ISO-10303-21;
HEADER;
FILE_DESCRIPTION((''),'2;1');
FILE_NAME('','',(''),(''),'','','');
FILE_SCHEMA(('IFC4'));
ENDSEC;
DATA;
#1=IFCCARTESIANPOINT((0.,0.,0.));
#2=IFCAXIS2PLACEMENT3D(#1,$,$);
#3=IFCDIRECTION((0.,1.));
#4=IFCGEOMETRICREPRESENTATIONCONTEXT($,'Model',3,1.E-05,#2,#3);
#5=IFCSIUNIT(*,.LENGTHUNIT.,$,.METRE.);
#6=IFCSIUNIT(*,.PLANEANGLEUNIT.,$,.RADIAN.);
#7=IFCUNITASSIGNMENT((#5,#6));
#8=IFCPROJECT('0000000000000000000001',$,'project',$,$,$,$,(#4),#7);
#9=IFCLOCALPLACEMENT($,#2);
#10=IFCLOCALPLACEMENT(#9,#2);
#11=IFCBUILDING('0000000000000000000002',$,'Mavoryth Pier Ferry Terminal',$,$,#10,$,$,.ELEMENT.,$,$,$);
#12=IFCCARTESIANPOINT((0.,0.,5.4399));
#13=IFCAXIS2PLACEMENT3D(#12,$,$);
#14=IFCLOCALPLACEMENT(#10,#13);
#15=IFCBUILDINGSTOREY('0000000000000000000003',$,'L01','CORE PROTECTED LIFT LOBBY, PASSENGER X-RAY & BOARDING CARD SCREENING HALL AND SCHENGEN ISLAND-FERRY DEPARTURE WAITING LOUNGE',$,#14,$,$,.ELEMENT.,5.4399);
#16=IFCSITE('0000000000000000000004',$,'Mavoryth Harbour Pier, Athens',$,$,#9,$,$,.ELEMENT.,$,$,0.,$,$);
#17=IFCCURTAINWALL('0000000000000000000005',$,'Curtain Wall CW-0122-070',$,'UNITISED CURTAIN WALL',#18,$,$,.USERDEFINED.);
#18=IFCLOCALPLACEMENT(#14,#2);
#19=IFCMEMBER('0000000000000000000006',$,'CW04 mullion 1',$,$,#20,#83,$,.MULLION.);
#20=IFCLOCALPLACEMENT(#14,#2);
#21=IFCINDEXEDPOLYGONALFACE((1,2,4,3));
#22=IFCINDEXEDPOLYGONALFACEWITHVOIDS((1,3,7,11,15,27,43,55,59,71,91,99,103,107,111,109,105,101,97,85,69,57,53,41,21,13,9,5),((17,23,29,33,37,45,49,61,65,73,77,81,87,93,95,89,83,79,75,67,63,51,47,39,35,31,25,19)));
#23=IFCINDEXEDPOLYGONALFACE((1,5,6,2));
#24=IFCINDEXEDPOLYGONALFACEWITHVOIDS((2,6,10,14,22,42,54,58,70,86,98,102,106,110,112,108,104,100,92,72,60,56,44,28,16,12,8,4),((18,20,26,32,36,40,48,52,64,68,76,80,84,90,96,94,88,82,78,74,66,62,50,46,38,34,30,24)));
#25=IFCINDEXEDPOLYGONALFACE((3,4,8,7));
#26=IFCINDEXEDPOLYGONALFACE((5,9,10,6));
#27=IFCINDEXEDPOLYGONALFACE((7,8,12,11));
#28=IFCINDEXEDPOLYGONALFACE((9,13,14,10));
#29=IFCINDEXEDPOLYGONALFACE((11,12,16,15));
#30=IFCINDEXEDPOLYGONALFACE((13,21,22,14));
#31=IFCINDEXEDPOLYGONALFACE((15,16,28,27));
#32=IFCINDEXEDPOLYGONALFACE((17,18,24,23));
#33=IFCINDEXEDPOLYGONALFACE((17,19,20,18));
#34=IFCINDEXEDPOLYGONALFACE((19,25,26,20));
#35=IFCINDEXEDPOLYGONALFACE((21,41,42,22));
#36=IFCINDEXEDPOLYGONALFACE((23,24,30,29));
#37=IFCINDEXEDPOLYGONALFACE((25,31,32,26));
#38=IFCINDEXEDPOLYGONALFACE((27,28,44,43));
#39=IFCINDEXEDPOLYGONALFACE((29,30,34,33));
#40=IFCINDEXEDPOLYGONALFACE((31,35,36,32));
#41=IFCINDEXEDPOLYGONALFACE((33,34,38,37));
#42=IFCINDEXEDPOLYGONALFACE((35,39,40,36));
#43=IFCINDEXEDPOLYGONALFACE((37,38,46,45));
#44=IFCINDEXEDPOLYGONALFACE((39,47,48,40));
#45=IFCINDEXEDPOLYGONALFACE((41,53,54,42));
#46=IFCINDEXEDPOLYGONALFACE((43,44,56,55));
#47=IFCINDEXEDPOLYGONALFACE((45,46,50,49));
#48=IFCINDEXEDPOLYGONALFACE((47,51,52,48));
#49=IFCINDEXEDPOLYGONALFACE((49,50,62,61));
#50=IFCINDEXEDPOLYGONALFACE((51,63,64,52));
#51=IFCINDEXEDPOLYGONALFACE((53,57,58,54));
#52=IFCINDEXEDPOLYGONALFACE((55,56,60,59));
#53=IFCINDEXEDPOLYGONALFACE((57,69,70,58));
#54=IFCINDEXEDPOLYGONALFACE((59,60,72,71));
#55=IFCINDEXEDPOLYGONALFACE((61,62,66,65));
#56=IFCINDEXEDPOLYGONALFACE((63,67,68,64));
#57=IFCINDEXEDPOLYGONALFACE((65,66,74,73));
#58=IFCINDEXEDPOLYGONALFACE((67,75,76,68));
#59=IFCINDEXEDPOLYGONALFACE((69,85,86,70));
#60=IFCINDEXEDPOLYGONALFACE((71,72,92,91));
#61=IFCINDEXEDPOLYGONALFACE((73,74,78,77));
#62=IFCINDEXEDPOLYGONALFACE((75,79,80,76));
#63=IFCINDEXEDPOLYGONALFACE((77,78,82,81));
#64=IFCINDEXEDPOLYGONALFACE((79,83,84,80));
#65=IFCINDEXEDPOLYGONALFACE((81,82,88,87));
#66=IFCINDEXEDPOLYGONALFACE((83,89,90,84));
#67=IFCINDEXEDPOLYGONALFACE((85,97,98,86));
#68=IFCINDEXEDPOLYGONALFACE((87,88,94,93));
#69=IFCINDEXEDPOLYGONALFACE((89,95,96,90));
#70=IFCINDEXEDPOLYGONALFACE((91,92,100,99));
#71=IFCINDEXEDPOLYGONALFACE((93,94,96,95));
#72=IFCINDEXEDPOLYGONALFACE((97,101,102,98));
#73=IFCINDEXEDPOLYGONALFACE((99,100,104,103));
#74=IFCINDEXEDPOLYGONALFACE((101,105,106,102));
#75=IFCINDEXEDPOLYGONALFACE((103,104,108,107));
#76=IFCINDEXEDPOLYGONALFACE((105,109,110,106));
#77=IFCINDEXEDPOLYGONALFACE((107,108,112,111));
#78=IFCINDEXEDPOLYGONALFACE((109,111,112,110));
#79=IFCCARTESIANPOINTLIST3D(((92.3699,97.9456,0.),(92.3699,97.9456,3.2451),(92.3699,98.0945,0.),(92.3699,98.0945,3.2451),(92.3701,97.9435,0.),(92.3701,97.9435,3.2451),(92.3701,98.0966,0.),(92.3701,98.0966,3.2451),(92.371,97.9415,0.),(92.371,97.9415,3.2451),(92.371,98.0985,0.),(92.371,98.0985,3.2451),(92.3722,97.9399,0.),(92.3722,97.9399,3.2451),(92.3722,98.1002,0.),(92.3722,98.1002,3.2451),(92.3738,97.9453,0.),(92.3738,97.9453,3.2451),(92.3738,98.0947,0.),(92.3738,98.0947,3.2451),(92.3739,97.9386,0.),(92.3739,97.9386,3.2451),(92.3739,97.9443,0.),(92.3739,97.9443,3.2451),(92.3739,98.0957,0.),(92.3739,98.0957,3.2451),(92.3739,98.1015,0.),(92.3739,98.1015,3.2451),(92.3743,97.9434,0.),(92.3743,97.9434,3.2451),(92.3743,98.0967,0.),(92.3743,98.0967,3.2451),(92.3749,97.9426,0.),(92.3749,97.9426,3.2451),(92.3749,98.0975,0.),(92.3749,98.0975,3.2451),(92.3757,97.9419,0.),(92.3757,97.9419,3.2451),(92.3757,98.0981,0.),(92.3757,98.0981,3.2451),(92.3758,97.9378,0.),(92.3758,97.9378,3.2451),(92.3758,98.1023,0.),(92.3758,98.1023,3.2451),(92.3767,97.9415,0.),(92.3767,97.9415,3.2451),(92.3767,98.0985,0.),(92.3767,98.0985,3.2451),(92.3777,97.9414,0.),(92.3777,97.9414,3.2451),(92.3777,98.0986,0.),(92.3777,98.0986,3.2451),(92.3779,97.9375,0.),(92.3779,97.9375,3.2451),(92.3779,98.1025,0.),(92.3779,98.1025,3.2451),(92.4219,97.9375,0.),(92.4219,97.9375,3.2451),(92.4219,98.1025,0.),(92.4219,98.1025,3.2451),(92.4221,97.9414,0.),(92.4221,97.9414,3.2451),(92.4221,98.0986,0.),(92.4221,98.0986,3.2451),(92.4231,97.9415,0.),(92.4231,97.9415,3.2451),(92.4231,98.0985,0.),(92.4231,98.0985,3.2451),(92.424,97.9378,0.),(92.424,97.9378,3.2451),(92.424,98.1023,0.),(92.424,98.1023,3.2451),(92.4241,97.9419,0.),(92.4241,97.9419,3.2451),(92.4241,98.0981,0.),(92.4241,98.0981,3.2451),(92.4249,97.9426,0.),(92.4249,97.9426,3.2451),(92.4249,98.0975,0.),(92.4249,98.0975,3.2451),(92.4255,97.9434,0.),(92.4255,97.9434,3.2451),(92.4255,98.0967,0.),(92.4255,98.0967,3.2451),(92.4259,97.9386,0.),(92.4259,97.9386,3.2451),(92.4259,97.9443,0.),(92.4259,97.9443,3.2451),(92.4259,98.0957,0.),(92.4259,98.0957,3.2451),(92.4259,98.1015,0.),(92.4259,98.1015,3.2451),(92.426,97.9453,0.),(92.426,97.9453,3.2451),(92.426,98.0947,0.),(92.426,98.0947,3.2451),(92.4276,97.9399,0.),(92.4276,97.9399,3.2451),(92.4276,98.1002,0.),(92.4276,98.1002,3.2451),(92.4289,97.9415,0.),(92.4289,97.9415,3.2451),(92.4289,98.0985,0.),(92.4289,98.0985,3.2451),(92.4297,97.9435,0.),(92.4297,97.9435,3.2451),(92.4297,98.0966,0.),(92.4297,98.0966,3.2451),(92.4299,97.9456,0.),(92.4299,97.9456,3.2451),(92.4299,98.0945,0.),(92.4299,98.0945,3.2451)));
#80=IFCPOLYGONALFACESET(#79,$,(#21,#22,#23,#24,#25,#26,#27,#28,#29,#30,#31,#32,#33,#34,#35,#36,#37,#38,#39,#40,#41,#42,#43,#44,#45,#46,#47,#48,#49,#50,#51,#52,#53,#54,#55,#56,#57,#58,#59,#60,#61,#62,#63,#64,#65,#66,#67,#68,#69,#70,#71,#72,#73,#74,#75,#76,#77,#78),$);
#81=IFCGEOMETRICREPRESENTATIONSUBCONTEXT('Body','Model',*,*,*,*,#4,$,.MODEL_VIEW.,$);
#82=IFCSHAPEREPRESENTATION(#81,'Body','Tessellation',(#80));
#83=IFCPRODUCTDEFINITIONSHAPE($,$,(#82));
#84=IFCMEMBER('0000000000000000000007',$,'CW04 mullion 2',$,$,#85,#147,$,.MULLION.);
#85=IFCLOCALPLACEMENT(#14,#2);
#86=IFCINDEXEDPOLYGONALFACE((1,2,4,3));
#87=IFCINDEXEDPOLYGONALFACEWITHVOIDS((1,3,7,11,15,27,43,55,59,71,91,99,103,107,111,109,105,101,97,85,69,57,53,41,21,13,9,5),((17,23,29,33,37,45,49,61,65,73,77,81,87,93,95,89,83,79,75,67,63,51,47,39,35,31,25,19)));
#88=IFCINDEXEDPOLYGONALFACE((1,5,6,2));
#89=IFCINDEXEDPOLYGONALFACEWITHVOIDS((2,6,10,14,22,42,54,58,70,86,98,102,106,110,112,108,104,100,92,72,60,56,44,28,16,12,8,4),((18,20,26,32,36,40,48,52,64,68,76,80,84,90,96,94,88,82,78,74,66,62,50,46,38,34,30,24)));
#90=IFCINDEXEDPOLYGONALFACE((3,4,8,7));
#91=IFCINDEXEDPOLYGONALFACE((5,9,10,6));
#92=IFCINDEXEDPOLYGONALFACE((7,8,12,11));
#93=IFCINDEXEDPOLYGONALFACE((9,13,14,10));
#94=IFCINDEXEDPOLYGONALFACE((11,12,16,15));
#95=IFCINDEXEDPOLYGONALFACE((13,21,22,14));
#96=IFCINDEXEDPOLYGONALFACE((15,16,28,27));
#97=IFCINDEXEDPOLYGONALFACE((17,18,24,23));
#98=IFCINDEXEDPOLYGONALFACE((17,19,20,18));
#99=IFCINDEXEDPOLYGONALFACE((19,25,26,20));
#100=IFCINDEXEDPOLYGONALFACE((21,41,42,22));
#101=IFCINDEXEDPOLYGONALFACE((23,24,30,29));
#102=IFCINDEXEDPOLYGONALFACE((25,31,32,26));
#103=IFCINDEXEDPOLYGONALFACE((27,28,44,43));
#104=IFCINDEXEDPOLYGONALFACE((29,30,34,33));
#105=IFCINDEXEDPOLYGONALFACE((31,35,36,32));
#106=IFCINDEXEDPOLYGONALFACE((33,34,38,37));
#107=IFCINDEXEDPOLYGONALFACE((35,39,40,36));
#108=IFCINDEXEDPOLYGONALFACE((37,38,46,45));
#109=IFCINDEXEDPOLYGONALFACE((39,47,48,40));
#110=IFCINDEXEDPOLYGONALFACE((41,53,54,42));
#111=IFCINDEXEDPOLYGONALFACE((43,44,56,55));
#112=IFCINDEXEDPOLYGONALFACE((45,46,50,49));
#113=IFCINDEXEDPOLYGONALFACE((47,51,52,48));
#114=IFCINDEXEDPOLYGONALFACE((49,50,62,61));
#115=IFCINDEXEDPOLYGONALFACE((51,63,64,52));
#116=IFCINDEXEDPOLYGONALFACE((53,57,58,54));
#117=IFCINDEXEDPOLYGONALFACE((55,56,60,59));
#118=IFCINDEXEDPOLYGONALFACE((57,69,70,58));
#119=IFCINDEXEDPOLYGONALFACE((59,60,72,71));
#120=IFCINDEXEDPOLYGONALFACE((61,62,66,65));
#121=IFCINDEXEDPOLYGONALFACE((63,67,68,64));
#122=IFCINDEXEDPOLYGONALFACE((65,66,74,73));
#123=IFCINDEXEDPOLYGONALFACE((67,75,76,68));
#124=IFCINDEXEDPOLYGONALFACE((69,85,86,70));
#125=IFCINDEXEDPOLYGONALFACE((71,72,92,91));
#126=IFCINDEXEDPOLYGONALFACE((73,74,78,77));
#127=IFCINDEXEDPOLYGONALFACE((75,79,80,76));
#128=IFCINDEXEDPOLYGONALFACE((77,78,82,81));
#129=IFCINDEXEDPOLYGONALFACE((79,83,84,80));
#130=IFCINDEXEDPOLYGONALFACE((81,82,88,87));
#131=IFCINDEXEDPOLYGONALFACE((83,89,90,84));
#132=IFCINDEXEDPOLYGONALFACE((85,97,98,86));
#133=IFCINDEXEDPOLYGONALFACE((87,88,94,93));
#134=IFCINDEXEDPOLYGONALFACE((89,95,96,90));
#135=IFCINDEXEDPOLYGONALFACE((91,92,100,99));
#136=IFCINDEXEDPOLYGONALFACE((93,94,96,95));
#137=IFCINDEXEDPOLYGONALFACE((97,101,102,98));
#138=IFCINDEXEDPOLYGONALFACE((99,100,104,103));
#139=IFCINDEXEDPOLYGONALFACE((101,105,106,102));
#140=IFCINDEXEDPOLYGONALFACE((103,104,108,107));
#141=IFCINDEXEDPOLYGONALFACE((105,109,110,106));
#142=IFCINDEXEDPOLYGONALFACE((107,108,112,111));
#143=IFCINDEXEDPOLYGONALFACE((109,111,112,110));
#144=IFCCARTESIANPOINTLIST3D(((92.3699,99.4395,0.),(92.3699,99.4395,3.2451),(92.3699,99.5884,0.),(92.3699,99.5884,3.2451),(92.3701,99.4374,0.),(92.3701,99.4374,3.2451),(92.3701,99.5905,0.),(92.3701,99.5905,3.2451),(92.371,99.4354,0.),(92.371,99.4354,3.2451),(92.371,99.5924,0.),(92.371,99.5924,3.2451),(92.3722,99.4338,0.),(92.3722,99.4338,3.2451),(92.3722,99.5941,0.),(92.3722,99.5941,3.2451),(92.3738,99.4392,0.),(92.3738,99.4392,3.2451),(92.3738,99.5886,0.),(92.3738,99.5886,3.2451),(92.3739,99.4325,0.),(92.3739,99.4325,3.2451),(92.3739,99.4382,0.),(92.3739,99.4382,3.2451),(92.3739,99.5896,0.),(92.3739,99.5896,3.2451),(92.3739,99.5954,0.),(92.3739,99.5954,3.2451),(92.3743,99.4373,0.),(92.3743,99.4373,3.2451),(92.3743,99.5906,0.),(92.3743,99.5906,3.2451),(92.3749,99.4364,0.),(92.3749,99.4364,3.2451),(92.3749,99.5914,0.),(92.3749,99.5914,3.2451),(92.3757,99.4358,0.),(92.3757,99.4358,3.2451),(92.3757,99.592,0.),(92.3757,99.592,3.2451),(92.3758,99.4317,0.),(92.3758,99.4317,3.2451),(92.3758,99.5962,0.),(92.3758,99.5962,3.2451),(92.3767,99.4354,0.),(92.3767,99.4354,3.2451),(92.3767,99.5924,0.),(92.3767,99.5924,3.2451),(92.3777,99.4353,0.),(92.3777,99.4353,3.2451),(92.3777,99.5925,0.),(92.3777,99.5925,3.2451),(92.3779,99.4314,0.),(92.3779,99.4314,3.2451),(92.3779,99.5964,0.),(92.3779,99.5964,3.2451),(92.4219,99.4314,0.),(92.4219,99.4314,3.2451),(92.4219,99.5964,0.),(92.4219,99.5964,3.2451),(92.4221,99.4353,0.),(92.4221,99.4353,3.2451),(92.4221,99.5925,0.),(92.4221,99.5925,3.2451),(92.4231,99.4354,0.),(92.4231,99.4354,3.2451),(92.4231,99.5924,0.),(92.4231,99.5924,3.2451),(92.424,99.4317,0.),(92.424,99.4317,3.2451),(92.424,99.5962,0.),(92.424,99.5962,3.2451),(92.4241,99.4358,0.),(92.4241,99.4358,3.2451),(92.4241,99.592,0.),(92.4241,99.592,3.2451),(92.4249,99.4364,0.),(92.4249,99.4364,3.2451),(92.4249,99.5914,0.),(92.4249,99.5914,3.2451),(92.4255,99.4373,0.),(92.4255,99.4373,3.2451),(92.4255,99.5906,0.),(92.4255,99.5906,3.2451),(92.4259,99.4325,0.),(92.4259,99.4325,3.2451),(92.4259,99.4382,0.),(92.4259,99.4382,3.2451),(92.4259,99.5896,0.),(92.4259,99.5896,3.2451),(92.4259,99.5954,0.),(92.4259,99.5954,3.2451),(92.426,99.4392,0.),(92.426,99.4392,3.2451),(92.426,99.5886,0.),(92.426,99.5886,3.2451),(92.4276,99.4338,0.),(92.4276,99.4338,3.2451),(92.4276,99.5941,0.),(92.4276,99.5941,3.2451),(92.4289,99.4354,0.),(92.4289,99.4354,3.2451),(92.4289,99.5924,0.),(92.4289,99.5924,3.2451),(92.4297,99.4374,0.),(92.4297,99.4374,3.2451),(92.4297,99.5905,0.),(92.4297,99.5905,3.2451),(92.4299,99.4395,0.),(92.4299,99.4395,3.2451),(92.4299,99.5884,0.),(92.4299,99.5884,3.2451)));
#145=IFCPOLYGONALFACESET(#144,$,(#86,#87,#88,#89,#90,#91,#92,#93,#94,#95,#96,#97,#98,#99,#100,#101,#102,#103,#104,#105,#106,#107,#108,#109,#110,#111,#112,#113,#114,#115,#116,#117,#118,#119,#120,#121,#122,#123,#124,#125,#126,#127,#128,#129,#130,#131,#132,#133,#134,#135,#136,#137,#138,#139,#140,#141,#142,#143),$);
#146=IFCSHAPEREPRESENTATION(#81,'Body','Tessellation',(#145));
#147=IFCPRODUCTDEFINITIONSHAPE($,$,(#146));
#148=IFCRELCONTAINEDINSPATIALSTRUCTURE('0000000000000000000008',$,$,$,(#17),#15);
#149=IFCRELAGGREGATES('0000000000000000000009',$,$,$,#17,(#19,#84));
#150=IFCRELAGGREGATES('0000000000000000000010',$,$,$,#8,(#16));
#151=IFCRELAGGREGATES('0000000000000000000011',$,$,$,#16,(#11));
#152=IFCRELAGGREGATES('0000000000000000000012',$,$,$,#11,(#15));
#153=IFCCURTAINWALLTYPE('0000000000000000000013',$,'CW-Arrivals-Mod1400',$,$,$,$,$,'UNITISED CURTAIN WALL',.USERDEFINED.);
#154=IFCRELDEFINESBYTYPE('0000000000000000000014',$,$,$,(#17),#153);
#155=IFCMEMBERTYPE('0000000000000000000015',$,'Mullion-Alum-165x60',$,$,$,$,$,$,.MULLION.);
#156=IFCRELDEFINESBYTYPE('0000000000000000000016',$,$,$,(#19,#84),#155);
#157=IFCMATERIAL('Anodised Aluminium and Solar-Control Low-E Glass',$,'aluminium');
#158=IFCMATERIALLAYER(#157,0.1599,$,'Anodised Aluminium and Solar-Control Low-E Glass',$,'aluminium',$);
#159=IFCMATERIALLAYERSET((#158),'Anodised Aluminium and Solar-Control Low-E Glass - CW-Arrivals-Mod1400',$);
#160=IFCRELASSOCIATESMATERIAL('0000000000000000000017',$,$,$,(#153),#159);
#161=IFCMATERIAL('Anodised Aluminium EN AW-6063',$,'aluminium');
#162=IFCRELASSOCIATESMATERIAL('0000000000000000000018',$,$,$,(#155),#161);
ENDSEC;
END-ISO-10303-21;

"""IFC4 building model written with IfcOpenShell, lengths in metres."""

from ifc_helpers import new_model, si_unit, direction, frame, origin, origin_2d, place, context, subcontext, project, spatial, hollow_rectangle, extrude, material, layer, layer_set, material_profile, profile_set, type_object, element, aggregate, save


model = new_model("IFC4")

# Units and contexts
model_context = context("Model", 3, precision=1e-05, world=origin(), true_north=direction((0.0, 1.0)))
body_context = subcontext(model_context, "Body", "Model", "MODEL_VIEW")
ifc_project = project(units=[si_unit("LENGTHUNIT", "METRE"), si_unit("PLANEANGLEUNIT", "RADIAN")], contexts=[model_context])

# Site, building, storey
site_placement = place(None, origin())
site = spatial("IfcSite", under=ifc_project, at=site_placement, Name="Mavoryth Harbour Pier, Athens", CompositionType="ELEMENT", RefElevation=0.0)
building_placement = place(site_placement, origin())
building = spatial("IfcBuilding", under=site, at=building_placement, Name="Mavoryth Pier Ferry Terminal", CompositionType="ELEMENT")
storey_placement = place(building_placement, frame((0.0, 0.0, 5.4399)))
storey = spatial("IfcBuildingStorey", under=building, at=storey_placement, Name="L01", Description="CORE PROTECTED LIFT LOBBY, PASSENGER X-RAY & BOARDING CARD SCREENING HALL AND SCHENGEN ISLAND-FERRY DEPARTURE WAITING LOUNGE", CompositionType="ELEMENT", Elevation=5.4399)

# Shared definitions
ifc_material_1 = material(Name="Anodised Aluminium and Solar-Control Low-E Glass", Category="aluminium")
ifc_layer_1 = layer(ifc_material_1, 0.1599, Name="Anodised Aluminium and Solar-Control Low-E Glass", Category="aluminium")
ifc_layer_set_1 = layer_set([ifc_layer_1], Name="Anodised Aluminium and Solar-Control Low-E Glass - CW-Arrivals-Mod1400")
curtain_wall_type = type_object("IfcCurtainWallType", Name="CW-Arrivals-Mod1400", ElementType="UNITISED CURTAIN WALL", PredefinedType="USERDEFINED", material=ifc_layer_set_1)
ifc_material_2 = material(Name="Anodised Aluminium EN AW-6063", Category="aluminium")
ifc_material_profile_1 = material_profile(ifc_material_2, hollow_rectangle(XDim=0.0601, YDim=0.165, WallThickness=0.0039, InnerFilletRadius=0.0039, OuterFilletRadius=0.0081, at=origin_2d()), Name="AL-MULL 165x60x4", Category="aluminium")
ifc_profile_set_1 = profile_set([ifc_material_profile_1], Name="Anodised Aluminium EN AW-6063 - AL-MULL 165x60x4")
member_type_1 = type_object("IfcMemberType", Name="Mullion-Alum-165x60", PredefinedType="MULLION", material=ifc_profile_set_1)

# Curtain wall, members
curtain_wall_1_placement = place(storey_placement, origin())
curtain_wall_1 = element("IfcCurtainWall", 1, at=curtain_wall_1_placement, inside=storey, type_object=curtain_wall_type, Name="Curtain Wall CW-0122-070", ObjectType="UNITISED CURTAIN WALL", PredefinedType="USERDEFINED")
member_1_placement = place(storey_placement, frame((92.3999, 98.02, 0.0), z_axis=(0.0, 0.0, 1.0), x_axis=(-1.0, 0.0, 0.0)))
member_1 = element("IfcMember", 2, at=member_1_placement, type_object=member_type_1, Name="CW04 mullion 1", PredefinedType="MULLION", context=body_context, shape_type="SweptSolid", body=[
    extrude(hollow_rectangle(XDim=0.0601, YDim=0.165, WallThickness=0.0039, InnerFilletRadius=0.0039, OuterFilletRadius=0.0081, at=origin_2d()), origin(), (0.0, 0.0, 1.0), 3.2451),
])
member_2_placement = place(storey_placement, frame((92.3999, 99.5139, 0.0), z_axis=(0.0, 0.0, 1.0), x_axis=(-1.0, 0.0, 0.0)))
member_2 = element("IfcMember", 3, at=member_2_placement, type_object=member_type_1, Name="CW04 mullion 2", PredefinedType="MULLION", context=body_context, shape_type="SweptSolid", body=[
    extrude(hollow_rectangle(XDim=0.0601, YDim=0.165, WallThickness=0.0039, InnerFilletRadius=0.0039, OuterFilletRadius=0.0081, at=origin_2d()), origin(), (0.0, 0.0, 1.0), 3.2451),
])

aggregate(curtain_wall_1, [member_1, member_2])

save(model, "model.ifc")
